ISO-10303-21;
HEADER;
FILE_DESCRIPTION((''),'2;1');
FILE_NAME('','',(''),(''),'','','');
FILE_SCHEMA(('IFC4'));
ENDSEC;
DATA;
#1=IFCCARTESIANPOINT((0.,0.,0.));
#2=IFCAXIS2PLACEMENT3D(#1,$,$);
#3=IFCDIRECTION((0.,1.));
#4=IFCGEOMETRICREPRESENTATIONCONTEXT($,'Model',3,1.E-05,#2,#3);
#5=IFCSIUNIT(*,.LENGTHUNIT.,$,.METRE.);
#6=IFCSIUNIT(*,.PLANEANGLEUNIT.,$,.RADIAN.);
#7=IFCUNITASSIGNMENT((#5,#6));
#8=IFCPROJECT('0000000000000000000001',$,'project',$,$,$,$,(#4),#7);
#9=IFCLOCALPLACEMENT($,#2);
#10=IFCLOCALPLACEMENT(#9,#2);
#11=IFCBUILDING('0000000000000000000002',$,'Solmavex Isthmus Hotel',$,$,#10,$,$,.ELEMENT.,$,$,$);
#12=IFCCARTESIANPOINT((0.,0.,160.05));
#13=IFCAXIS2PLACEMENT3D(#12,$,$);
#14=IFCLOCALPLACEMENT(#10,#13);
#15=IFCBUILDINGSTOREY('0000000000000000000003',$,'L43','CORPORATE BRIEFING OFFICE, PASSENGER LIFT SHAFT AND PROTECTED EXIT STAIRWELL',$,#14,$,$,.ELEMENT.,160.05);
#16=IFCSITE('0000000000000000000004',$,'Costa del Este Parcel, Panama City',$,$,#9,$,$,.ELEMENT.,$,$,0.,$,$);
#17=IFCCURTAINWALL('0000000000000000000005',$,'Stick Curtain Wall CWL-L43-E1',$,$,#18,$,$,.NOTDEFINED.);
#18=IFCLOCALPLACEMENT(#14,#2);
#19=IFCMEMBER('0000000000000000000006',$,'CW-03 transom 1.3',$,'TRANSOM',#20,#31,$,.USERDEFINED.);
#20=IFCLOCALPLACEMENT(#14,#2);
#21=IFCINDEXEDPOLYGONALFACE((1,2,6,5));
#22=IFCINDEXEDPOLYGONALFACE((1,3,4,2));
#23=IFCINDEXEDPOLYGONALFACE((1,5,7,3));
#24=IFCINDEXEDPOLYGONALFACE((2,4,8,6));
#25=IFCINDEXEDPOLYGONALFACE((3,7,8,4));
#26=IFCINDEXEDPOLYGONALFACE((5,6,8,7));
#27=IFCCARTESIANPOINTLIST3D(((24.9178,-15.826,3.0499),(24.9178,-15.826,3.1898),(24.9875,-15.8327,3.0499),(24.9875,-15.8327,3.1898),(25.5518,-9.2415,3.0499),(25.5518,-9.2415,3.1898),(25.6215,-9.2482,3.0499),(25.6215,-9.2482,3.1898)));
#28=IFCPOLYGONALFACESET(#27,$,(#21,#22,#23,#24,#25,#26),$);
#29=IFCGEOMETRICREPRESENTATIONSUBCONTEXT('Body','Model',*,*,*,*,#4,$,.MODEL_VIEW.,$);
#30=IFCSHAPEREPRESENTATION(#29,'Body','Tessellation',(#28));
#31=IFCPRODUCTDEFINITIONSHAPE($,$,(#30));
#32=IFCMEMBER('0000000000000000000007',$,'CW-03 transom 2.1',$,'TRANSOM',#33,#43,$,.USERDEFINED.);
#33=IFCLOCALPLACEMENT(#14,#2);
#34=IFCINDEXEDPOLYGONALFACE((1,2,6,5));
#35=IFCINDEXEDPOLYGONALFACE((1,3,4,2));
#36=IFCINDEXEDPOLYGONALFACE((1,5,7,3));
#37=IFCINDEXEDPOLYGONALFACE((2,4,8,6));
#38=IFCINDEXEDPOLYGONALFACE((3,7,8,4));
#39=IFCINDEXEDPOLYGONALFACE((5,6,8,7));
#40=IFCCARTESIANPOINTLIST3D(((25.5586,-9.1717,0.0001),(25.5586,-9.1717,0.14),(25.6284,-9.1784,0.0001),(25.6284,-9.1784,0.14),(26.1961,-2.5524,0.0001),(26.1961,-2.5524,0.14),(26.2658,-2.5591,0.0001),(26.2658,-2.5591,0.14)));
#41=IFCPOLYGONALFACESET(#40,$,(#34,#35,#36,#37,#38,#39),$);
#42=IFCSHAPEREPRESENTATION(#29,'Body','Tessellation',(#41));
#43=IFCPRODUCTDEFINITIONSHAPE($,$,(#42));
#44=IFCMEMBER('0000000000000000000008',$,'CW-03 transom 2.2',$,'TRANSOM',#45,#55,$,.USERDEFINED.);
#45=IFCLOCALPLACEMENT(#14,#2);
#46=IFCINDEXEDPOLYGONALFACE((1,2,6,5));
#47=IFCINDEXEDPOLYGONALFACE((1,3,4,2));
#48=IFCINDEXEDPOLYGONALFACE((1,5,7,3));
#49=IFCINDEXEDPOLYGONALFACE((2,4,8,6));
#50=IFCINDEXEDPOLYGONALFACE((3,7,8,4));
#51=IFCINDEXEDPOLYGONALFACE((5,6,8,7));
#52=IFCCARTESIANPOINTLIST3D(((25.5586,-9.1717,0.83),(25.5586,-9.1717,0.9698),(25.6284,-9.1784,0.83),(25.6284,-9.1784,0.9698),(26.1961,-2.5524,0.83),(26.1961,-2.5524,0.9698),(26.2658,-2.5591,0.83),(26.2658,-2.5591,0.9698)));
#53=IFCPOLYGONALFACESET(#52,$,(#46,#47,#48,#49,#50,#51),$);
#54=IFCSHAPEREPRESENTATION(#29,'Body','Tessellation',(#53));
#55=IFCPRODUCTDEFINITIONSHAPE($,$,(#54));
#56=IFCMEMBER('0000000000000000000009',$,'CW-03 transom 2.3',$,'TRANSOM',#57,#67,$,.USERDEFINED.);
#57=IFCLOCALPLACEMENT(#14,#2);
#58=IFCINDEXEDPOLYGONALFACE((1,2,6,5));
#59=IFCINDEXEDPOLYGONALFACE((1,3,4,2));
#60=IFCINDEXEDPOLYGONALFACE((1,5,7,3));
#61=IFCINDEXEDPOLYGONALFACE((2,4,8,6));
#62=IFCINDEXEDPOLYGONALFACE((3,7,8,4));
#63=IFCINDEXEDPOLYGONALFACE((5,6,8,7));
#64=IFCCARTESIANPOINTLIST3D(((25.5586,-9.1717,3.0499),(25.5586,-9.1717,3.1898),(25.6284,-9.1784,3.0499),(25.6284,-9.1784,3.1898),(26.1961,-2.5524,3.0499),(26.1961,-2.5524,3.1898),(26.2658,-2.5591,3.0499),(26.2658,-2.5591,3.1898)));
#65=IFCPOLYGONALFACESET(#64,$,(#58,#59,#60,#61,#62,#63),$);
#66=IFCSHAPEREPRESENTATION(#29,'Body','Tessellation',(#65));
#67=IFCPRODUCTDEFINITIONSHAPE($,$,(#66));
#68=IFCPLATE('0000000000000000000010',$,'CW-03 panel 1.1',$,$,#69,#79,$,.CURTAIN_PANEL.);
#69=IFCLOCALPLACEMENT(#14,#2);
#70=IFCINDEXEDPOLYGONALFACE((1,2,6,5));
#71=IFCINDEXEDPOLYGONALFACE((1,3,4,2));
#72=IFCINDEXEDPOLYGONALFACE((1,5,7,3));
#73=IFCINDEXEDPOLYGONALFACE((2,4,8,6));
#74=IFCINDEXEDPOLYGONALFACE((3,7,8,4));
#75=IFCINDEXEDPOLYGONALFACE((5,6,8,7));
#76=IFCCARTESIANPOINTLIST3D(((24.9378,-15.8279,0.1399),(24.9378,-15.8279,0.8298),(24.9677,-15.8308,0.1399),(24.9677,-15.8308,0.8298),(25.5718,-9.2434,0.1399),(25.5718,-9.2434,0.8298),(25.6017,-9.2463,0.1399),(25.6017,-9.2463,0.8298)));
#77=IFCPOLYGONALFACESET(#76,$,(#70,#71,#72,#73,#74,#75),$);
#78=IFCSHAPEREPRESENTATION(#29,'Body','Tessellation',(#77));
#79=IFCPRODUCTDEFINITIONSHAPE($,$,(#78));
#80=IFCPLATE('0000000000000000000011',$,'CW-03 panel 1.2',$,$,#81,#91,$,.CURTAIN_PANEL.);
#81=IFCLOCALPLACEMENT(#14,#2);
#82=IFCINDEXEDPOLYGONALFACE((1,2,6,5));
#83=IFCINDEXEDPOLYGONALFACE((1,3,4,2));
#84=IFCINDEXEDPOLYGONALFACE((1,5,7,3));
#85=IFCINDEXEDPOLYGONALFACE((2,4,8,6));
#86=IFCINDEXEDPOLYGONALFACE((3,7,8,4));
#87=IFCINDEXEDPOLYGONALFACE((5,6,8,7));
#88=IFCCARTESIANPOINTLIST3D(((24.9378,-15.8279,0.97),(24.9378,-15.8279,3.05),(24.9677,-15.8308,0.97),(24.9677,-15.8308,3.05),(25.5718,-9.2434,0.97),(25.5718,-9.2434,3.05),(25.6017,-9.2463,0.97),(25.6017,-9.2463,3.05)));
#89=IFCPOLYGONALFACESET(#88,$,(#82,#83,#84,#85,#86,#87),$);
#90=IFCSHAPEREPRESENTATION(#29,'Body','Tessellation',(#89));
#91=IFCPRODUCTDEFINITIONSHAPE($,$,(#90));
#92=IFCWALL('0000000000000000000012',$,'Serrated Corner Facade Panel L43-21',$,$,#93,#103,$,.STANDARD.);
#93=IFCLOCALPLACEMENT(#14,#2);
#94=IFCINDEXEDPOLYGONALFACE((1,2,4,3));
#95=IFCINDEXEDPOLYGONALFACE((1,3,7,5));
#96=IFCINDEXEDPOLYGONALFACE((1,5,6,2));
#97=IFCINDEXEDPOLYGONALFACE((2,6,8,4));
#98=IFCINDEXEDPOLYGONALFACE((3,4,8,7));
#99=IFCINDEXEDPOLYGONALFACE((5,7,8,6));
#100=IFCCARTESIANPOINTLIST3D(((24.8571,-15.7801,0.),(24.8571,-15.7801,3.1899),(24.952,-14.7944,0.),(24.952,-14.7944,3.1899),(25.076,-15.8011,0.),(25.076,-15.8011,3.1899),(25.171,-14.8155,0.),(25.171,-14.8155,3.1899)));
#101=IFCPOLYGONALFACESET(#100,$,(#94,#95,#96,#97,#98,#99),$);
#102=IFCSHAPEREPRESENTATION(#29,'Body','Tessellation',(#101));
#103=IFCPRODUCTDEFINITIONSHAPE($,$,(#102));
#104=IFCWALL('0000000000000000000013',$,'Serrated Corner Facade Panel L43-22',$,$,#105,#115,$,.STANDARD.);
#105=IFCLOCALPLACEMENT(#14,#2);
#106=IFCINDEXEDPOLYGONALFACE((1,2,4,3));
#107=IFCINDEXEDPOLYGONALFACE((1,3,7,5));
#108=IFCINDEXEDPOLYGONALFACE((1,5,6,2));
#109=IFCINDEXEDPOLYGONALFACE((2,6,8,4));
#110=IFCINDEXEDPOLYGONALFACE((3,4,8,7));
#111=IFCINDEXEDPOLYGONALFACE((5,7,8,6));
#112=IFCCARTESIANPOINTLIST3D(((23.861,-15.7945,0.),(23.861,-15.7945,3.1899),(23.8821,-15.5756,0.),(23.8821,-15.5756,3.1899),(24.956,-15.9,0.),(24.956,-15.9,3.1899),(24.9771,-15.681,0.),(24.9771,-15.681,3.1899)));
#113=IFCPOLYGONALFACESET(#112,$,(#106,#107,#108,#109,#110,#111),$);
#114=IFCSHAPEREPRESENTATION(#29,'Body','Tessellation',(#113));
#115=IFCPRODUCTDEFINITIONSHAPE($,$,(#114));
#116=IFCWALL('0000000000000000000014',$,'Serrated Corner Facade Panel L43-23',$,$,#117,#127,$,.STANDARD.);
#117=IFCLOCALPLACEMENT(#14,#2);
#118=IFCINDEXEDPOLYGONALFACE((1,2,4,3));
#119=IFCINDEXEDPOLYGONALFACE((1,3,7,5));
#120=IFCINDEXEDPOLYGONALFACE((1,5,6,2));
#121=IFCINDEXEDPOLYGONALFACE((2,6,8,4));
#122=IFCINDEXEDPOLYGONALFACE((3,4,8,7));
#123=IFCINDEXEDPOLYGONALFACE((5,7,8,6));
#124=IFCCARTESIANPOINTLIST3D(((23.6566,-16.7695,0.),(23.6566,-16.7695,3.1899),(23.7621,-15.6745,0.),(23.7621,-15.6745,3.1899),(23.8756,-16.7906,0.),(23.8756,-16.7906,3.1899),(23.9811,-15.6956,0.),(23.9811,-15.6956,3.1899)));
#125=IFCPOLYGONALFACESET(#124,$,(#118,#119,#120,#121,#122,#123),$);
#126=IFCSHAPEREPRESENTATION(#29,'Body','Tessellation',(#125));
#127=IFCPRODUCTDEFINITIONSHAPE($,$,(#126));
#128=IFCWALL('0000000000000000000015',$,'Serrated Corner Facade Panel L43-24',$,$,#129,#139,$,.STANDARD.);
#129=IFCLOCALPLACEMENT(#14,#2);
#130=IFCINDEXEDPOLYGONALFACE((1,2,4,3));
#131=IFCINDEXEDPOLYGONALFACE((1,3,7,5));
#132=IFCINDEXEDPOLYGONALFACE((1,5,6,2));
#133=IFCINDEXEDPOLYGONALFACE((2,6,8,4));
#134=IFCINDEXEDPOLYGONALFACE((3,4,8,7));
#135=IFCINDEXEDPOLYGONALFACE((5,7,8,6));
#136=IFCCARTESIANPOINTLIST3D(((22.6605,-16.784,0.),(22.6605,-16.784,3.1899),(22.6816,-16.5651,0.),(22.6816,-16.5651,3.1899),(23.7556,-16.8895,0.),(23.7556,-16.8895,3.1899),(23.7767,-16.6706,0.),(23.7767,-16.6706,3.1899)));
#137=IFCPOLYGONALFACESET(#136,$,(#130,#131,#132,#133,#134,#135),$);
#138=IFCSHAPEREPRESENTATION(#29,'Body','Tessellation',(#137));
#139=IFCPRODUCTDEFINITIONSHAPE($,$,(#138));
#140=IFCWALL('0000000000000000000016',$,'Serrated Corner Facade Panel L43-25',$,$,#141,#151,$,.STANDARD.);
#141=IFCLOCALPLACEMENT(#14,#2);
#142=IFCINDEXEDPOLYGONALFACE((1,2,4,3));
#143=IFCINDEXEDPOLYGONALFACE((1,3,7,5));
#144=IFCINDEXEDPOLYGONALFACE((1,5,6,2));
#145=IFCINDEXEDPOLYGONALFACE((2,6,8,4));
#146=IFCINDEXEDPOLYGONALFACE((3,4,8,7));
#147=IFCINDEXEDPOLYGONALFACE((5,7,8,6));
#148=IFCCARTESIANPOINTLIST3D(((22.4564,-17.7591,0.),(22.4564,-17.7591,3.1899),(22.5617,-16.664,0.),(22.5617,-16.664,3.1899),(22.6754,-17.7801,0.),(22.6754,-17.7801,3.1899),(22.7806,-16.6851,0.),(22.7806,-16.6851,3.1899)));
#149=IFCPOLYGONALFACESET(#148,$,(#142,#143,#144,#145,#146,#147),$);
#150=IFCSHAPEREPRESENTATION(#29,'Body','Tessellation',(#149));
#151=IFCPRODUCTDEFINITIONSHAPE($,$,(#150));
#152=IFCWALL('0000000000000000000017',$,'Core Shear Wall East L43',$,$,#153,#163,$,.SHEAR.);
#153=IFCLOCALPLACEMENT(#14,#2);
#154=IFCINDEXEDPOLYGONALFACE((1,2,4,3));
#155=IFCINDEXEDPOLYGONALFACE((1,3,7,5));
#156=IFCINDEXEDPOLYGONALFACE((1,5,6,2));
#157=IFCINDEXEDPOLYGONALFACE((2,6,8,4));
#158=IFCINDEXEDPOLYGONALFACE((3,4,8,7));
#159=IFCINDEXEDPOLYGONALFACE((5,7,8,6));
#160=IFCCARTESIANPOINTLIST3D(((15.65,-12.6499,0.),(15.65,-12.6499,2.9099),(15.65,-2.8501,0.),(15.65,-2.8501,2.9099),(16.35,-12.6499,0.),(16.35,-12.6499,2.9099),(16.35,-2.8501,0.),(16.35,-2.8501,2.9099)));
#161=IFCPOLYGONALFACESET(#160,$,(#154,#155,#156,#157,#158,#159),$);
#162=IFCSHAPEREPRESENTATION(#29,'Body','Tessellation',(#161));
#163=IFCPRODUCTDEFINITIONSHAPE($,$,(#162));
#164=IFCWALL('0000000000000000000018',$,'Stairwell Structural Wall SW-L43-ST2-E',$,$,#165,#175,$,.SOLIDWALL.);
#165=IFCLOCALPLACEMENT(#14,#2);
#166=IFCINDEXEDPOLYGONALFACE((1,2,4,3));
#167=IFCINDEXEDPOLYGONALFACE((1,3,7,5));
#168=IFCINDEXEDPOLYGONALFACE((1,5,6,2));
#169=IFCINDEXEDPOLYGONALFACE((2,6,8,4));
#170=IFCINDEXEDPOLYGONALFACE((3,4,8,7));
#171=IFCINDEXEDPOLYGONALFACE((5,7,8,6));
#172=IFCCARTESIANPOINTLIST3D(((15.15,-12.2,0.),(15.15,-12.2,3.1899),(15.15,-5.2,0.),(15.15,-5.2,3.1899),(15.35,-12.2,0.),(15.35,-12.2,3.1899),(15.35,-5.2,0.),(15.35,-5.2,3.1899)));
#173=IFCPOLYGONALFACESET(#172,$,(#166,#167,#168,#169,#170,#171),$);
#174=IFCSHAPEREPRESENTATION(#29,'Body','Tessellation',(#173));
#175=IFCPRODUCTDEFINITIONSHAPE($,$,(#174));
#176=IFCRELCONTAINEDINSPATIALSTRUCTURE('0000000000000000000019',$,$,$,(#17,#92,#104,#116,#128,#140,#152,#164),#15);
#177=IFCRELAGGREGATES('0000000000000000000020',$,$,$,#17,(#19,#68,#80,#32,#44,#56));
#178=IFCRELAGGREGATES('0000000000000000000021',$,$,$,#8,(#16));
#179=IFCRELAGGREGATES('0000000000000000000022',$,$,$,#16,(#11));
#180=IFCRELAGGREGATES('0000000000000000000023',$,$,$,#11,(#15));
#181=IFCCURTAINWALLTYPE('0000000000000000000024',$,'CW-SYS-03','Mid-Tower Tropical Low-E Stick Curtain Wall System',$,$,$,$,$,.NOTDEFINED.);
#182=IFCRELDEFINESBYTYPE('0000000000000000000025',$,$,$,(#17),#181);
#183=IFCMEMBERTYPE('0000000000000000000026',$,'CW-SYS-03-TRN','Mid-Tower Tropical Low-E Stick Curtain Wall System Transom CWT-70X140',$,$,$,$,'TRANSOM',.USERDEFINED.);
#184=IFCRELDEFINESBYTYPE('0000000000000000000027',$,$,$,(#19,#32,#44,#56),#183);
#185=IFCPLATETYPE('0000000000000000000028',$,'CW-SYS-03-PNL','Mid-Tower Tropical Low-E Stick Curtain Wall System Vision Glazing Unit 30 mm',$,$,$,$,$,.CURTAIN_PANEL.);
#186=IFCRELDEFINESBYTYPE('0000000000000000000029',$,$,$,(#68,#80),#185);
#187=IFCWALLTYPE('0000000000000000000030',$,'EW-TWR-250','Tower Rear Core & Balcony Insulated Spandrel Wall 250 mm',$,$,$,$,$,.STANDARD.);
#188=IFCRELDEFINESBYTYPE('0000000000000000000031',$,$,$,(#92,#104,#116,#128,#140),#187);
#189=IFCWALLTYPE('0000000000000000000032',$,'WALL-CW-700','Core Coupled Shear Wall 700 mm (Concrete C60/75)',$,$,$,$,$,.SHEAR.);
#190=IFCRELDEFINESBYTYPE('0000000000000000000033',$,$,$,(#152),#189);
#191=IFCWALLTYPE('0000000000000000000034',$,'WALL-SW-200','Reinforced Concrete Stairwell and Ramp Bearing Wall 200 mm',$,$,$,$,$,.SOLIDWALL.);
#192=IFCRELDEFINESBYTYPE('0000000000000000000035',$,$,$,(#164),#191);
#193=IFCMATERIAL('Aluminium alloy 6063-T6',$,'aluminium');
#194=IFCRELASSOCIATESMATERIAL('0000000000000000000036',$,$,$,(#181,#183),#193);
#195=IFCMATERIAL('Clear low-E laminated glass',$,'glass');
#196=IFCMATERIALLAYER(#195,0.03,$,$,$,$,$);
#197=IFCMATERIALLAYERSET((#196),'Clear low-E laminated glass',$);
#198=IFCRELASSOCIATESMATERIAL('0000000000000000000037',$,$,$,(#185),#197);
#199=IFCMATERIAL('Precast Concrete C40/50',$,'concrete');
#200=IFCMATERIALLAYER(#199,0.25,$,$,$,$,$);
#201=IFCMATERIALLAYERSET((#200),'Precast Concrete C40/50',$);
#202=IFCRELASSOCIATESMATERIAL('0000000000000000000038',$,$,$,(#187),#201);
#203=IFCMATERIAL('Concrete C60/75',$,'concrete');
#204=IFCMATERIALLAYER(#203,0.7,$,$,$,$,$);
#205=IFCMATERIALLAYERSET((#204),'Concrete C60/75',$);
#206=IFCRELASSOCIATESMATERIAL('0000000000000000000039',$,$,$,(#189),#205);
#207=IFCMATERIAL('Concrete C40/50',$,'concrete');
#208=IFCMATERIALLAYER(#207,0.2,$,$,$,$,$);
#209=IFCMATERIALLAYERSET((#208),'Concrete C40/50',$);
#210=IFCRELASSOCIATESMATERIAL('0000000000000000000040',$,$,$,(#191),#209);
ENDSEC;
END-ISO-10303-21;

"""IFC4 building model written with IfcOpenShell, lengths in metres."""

from ifc_helpers import new_model, si_unit, direction, frame, frame_2d, origin, origin_2d, place, context, subcontext, project, spatial, rectangle, extrude, material, layer, layer_set, material_profile, profile_set, type_object, element, aggregate, save


model = new_model("IFC4")

# Units and contexts
model_context = context("Model", 3, precision=1e-05, world=origin(), true_north=direction((0.0, 1.0)))
body_context = subcontext(model_context, "Body", "Model", "MODEL_VIEW")
ifc_project = project(units=[si_unit("LENGTHUNIT", "METRE"), si_unit("PLANEANGLEUNIT", "RADIAN")], contexts=[model_context])

# Site, building, storey
site_placement = place(None, origin())
site = spatial("IfcSite", under=ifc_project, at=site_placement, Name="Costa del Este Parcel, Panama City", CompositionType="ELEMENT", RefElevation=0.0)
building_placement = place(site_placement, origin())
building = spatial("IfcBuilding", under=site, at=building_placement, Name="Solmavex Isthmus Hotel", CompositionType="ELEMENT")
storey_placement = place(building_placement, frame((0.0, 0.0, 160.05)))
storey = spatial("IfcBuildingStorey", under=building, at=storey_placement, Name="L43", Description="CORPORATE BRIEFING OFFICE, PASSENGER LIFT SHAFT AND PROTECTED EXIT STAIRWELL", CompositionType="ELEMENT", Elevation=160.05)

# Shared definitions
ifc_material_1 = material(Name="Concrete C60/75", Category="concrete")

# Curtain wall, members, plates
ifc_material_2 = material(Name="Aluminium alloy 6063-T6", Category="aluminium")
curtain_wall_type = type_object("IfcCurtainWallType", Name="CW-SYS-03", Description="Mid-Tower Tropical Low-E Stick Curtain Wall System", PredefinedType="NOTDEFINED", material=ifc_material_2)
curtain_wall_placement = place(storey_placement, origin())
curtain_wall = element("IfcCurtainWall", 1, at=curtain_wall_placement, inside=storey, type_object=curtain_wall_type, Name="Stick Curtain Wall CWL-L43-E1", PredefinedType="NOTDEFINED")
ifc_material_profile_1 = material_profile(ifc_material_2, rectangle(XDim=0.0701, YDim=0.1399, at=origin_2d()), Name="CWT-70X140")
ifc_profile_set_1 = profile_set([ifc_material_profile_1], Name="Aluminium alloy 6063-T6")
member_type_1 = type_object("IfcMemberType", Name="CW-SYS-03-TRN", Description="Mid-Tower Tropical Low-E Stick Curtain Wall System Transom CWT-70X140", ElementType="TRANSOM", PredefinedType="USERDEFINED", material=ifc_profile_set_1)
member_1_placement = place(storey_placement, frame((24.9526, -15.8293, 3.1199), z_axis=(0.095849, 0.995396, 0.0), x_axis=(-0.995396, 0.095849, 0.0)))
member_1 = element("IfcMember", 2, at=member_1_placement, type_object=member_type_1, Name="CW-03 transom 1.3", ObjectType="TRANSOM", PredefinedType="USERDEFINED", context=body_context, shape_type="SweptSolid", body=[
    extrude(rectangle(XDim=0.0701, YDim=0.1399, at=origin_2d()), origin(), (0.0, 0.0, 1.0), 6.615),
])
member_2_placement = place(storey_placement, frame((25.5935, -9.175, 0.0701), z_axis=(0.095857, 0.995395, 0.0), x_axis=(-0.995395, 0.095857, 0.0)))
member_2 = element("IfcMember", 3, at=member_2_placement, type_object=member_type_1, Name="CW-03 transom 2.1", ObjectType="TRANSOM", PredefinedType="USERDEFINED", context=body_context, shape_type="SweptSolid", body=[
    extrude(rectangle(XDim=0.0701, YDim=0.1399, at=origin_2d()), origin(), (0.0, 0.0, 1.0), 6.6499),
])
member_3_placement = place(storey_placement, frame((25.5935, -9.175, 0.8999), z_axis=(0.095857, 0.995395, 0.0), x_axis=(-0.995395, 0.095857, 0.0)))
member_3 = element("IfcMember", 4, at=member_3_placement, type_object=member_type_1, Name="CW-03 transom 2.2", ObjectType="TRANSOM", PredefinedType="USERDEFINED", context=body_context, shape_type="SweptSolid", body=[
    extrude(rectangle(XDim=0.0701, YDim=0.1399, at=origin_2d()), origin(), (0.0, 0.0, 1.0), 6.6499),
])
member_4_placement = place(storey_placement, frame((25.5935, -9.175, 3.1199), z_axis=(0.095857, 0.995395, 0.0), x_axis=(-0.995395, 0.095857, 0.0)))
member_4 = element("IfcMember", 5, at=member_4_placement, type_object=member_type_1, Name="CW-03 transom 2.3", ObjectType="TRANSOM", PredefinedType="USERDEFINED", context=body_context, shape_type="SweptSolid", body=[
    extrude(rectangle(XDim=0.0701, YDim=0.1399, at=origin_2d()), origin(), (0.0, 0.0, 1.0), 6.6499),
])
ifc_material_3 = material(Name="Clear low-E laminated glass", Category="glass")
ifc_layer_1 = layer(ifc_material_3, 0.03)
ifc_layer_set_1 = layer_set([ifc_layer_1], Name="Clear low-E laminated glass")
plate_type = type_object("IfcPlateType", Name="CW-SYS-03-PNL", Description="Mid-Tower Tropical Low-E Stick Curtain Wall System Vision Glazing Unit 30 mm", PredefinedType="CURTAIN_PANEL", material=ifc_layer_set_1)
plate_1_placement = place(storey_placement, frame((25.2698, -12.5371, 0.1399), z_axis=(0.0, 0.0, 1.0), x_axis=(0.095846, 0.995396, 0.0)))
plate_1 = element("IfcPlate", 6, at=plate_1_placement, type_object=plate_type, Name="CW-03 panel 1.1", PredefinedType="CURTAIN_PANEL", context=body_context, shape_type="SweptSolid", body=[
    extrude(rectangle(XDim=6.615, YDim=0.03, at=origin_2d()), origin(), (0.0, 0.0, 1.0), 0.6899),
])
plate_2_placement = place(storey_placement, frame((25.2698, -12.5371, 0.97), z_axis=(0.0, 0.0, 1.0), x_axis=(0.095846, 0.995396, 0.0)))
plate_2 = element("IfcPlate", 7, at=plate_2_placement, type_object=plate_type, Name="CW-03 panel 1.2", PredefinedType="CURTAIN_PANEL", context=body_context, shape_type="SweptSolid", body=[
    extrude(rectangle(XDim=6.615, YDim=0.03, at=origin_2d()), origin(), (0.0, 0.0, 1.0), 2.0801),
])
aggregate(curtain_wall, [member_1, plate_1, plate_2, member_2, member_3, member_4])

# Walls
ifc_material_4 = material(Name="Precast Concrete C40/50", Category="concrete")
ifc_layer_2 = layer(ifc_material_4, 0.25)
ifc_layer_set_2 = layer_set([ifc_layer_2], Name="Precast Concrete C40/50")
wall_type_1 = type_object("IfcWallType", Name="EW-TWR-250", Description="Tower Rear Core & Balcony Insulated Spandrel Wall 250 mm", PredefinedType="STANDARD", material=ifc_layer_set_2)
wall_1_placement = place(storey_placement, frame((25.0615, -14.8049, 0.0), z_axis=(0.0, 0.0, 1.0), x_axis=(-0.095914, -0.99539, 0.0)))
element("IfcWall", 8, at=wall_1_placement, inside=storey, type_object=wall_type_1, Name="Serrated Corner Facade Panel L43-21", PredefinedType="STANDARD", context=body_context, shape_type="SweptSolid", body=[
    extrude(rectangle(XDim=0.9902, YDim=0.22, at=frame_2d((0.4951, 0.0))), origin(), (0.0, 0.0, 1.0), 3.1899),
])
for number, where, z_axis, x_axis, name in (
    (9, (24.9666, -15.7905, 0.0), (0.0, 0.0, 1.0), (-0.995393, 0.095877, 0.0), "Serrated Corner Facade Panel L43-22"),
    (10, (23.8716, -15.6851, 0.0), (0.0, 0.0, 1.0), (-0.095877, -0.995393, 0.0), "Serrated Corner Facade Panel L43-23"),
    (11, (23.7661, -16.78, 0.0), (0.0, 0.0, 1.0), (-0.995393, 0.095877, 0.0), "Serrated Corner Facade Panel L43-24"),
    (12, (22.6711, -16.6746, 0.0), (0.0, 0.0, 1.0), (-0.095657, -0.995414, 0.0), "Serrated Corner Facade Panel L43-25"),
):
    element("IfcWall", number, at=place(storey_placement, frame(where, z_axis=z_axis, x_axis=x_axis)), inside=storey, type_object=wall_type_1, Name=name, PredefinedType="STANDARD", context=body_context, shape_type="SweptSolid", body=[
        extrude(rectangle(XDim=1.1001, YDim=0.22, at=frame_2d((0.55, 0.0))), origin(), (0.0, 0.0, 1.0), 3.1899),
    ])
ifc_layer_3 = layer(ifc_material_1, 0.7)
ifc_layer_set_3 = layer_set([ifc_layer_3], Name="Concrete C60/75")
wall_type_2 = type_object("IfcWallType", Name="WALL-CW-700", Description="Core Coupled Shear Wall 700 mm (Concrete C60/75)", PredefinedType="SHEAR", material=ifc_layer_set_3)
wall_2_placement = place(storey_placement, frame((16.0, -12.6499, 0.0), z_axis=(0.0, 0.0, 1.0), x_axis=(0.0, 1.0, 0.0)))
element("IfcWall", 13, at=wall_2_placement, inside=storey, type_object=wall_type_2, Name="Core Shear Wall East L43", PredefinedType="SHEAR", context=body_context, shape_type="SweptSolid", body=[
    extrude(rectangle(XDim=9.7998, YDim=0.7, at=frame_2d((4.8999, 0.0))), origin(), (0.0, 0.0, 1.0), 2.9099),
])
ifc_material_5 = material(Name="Concrete C40/50", Category="concrete")
ifc_layer_4 = layer(ifc_material_5, 0.2)
ifc_layer_set_4 = layer_set([ifc_layer_4], Name="Concrete C40/50")
wall_type_3 = type_object("IfcWallType", Name="WALL-SW-200", Description="Reinforced Concrete Stairwell and Ramp Bearing Wall 200 mm", PredefinedType="SOLIDWALL", material=ifc_layer_set_4)
wall_3_placement = place(storey_placement, frame((15.25, -12.2, 0.0), z_axis=(0.0, 0.0, 1.0), x_axis=(0.0, 1.0, 0.0)))
element("IfcWall", 14, at=wall_3_placement, inside=storey, type_object=wall_type_3, Name="Stairwell Structural Wall SW-L43-ST2-E", PredefinedType="SOLIDWALL", context=body_context, shape_type="SweptSolid", body=[
    extrude(rectangle(XDim=7.0, YDim=0.2, at=frame_2d((3.5, 0.0))), origin(), (0.0, 0.0, 1.0), 3.1899),
])

save(model, "model.ifc")
